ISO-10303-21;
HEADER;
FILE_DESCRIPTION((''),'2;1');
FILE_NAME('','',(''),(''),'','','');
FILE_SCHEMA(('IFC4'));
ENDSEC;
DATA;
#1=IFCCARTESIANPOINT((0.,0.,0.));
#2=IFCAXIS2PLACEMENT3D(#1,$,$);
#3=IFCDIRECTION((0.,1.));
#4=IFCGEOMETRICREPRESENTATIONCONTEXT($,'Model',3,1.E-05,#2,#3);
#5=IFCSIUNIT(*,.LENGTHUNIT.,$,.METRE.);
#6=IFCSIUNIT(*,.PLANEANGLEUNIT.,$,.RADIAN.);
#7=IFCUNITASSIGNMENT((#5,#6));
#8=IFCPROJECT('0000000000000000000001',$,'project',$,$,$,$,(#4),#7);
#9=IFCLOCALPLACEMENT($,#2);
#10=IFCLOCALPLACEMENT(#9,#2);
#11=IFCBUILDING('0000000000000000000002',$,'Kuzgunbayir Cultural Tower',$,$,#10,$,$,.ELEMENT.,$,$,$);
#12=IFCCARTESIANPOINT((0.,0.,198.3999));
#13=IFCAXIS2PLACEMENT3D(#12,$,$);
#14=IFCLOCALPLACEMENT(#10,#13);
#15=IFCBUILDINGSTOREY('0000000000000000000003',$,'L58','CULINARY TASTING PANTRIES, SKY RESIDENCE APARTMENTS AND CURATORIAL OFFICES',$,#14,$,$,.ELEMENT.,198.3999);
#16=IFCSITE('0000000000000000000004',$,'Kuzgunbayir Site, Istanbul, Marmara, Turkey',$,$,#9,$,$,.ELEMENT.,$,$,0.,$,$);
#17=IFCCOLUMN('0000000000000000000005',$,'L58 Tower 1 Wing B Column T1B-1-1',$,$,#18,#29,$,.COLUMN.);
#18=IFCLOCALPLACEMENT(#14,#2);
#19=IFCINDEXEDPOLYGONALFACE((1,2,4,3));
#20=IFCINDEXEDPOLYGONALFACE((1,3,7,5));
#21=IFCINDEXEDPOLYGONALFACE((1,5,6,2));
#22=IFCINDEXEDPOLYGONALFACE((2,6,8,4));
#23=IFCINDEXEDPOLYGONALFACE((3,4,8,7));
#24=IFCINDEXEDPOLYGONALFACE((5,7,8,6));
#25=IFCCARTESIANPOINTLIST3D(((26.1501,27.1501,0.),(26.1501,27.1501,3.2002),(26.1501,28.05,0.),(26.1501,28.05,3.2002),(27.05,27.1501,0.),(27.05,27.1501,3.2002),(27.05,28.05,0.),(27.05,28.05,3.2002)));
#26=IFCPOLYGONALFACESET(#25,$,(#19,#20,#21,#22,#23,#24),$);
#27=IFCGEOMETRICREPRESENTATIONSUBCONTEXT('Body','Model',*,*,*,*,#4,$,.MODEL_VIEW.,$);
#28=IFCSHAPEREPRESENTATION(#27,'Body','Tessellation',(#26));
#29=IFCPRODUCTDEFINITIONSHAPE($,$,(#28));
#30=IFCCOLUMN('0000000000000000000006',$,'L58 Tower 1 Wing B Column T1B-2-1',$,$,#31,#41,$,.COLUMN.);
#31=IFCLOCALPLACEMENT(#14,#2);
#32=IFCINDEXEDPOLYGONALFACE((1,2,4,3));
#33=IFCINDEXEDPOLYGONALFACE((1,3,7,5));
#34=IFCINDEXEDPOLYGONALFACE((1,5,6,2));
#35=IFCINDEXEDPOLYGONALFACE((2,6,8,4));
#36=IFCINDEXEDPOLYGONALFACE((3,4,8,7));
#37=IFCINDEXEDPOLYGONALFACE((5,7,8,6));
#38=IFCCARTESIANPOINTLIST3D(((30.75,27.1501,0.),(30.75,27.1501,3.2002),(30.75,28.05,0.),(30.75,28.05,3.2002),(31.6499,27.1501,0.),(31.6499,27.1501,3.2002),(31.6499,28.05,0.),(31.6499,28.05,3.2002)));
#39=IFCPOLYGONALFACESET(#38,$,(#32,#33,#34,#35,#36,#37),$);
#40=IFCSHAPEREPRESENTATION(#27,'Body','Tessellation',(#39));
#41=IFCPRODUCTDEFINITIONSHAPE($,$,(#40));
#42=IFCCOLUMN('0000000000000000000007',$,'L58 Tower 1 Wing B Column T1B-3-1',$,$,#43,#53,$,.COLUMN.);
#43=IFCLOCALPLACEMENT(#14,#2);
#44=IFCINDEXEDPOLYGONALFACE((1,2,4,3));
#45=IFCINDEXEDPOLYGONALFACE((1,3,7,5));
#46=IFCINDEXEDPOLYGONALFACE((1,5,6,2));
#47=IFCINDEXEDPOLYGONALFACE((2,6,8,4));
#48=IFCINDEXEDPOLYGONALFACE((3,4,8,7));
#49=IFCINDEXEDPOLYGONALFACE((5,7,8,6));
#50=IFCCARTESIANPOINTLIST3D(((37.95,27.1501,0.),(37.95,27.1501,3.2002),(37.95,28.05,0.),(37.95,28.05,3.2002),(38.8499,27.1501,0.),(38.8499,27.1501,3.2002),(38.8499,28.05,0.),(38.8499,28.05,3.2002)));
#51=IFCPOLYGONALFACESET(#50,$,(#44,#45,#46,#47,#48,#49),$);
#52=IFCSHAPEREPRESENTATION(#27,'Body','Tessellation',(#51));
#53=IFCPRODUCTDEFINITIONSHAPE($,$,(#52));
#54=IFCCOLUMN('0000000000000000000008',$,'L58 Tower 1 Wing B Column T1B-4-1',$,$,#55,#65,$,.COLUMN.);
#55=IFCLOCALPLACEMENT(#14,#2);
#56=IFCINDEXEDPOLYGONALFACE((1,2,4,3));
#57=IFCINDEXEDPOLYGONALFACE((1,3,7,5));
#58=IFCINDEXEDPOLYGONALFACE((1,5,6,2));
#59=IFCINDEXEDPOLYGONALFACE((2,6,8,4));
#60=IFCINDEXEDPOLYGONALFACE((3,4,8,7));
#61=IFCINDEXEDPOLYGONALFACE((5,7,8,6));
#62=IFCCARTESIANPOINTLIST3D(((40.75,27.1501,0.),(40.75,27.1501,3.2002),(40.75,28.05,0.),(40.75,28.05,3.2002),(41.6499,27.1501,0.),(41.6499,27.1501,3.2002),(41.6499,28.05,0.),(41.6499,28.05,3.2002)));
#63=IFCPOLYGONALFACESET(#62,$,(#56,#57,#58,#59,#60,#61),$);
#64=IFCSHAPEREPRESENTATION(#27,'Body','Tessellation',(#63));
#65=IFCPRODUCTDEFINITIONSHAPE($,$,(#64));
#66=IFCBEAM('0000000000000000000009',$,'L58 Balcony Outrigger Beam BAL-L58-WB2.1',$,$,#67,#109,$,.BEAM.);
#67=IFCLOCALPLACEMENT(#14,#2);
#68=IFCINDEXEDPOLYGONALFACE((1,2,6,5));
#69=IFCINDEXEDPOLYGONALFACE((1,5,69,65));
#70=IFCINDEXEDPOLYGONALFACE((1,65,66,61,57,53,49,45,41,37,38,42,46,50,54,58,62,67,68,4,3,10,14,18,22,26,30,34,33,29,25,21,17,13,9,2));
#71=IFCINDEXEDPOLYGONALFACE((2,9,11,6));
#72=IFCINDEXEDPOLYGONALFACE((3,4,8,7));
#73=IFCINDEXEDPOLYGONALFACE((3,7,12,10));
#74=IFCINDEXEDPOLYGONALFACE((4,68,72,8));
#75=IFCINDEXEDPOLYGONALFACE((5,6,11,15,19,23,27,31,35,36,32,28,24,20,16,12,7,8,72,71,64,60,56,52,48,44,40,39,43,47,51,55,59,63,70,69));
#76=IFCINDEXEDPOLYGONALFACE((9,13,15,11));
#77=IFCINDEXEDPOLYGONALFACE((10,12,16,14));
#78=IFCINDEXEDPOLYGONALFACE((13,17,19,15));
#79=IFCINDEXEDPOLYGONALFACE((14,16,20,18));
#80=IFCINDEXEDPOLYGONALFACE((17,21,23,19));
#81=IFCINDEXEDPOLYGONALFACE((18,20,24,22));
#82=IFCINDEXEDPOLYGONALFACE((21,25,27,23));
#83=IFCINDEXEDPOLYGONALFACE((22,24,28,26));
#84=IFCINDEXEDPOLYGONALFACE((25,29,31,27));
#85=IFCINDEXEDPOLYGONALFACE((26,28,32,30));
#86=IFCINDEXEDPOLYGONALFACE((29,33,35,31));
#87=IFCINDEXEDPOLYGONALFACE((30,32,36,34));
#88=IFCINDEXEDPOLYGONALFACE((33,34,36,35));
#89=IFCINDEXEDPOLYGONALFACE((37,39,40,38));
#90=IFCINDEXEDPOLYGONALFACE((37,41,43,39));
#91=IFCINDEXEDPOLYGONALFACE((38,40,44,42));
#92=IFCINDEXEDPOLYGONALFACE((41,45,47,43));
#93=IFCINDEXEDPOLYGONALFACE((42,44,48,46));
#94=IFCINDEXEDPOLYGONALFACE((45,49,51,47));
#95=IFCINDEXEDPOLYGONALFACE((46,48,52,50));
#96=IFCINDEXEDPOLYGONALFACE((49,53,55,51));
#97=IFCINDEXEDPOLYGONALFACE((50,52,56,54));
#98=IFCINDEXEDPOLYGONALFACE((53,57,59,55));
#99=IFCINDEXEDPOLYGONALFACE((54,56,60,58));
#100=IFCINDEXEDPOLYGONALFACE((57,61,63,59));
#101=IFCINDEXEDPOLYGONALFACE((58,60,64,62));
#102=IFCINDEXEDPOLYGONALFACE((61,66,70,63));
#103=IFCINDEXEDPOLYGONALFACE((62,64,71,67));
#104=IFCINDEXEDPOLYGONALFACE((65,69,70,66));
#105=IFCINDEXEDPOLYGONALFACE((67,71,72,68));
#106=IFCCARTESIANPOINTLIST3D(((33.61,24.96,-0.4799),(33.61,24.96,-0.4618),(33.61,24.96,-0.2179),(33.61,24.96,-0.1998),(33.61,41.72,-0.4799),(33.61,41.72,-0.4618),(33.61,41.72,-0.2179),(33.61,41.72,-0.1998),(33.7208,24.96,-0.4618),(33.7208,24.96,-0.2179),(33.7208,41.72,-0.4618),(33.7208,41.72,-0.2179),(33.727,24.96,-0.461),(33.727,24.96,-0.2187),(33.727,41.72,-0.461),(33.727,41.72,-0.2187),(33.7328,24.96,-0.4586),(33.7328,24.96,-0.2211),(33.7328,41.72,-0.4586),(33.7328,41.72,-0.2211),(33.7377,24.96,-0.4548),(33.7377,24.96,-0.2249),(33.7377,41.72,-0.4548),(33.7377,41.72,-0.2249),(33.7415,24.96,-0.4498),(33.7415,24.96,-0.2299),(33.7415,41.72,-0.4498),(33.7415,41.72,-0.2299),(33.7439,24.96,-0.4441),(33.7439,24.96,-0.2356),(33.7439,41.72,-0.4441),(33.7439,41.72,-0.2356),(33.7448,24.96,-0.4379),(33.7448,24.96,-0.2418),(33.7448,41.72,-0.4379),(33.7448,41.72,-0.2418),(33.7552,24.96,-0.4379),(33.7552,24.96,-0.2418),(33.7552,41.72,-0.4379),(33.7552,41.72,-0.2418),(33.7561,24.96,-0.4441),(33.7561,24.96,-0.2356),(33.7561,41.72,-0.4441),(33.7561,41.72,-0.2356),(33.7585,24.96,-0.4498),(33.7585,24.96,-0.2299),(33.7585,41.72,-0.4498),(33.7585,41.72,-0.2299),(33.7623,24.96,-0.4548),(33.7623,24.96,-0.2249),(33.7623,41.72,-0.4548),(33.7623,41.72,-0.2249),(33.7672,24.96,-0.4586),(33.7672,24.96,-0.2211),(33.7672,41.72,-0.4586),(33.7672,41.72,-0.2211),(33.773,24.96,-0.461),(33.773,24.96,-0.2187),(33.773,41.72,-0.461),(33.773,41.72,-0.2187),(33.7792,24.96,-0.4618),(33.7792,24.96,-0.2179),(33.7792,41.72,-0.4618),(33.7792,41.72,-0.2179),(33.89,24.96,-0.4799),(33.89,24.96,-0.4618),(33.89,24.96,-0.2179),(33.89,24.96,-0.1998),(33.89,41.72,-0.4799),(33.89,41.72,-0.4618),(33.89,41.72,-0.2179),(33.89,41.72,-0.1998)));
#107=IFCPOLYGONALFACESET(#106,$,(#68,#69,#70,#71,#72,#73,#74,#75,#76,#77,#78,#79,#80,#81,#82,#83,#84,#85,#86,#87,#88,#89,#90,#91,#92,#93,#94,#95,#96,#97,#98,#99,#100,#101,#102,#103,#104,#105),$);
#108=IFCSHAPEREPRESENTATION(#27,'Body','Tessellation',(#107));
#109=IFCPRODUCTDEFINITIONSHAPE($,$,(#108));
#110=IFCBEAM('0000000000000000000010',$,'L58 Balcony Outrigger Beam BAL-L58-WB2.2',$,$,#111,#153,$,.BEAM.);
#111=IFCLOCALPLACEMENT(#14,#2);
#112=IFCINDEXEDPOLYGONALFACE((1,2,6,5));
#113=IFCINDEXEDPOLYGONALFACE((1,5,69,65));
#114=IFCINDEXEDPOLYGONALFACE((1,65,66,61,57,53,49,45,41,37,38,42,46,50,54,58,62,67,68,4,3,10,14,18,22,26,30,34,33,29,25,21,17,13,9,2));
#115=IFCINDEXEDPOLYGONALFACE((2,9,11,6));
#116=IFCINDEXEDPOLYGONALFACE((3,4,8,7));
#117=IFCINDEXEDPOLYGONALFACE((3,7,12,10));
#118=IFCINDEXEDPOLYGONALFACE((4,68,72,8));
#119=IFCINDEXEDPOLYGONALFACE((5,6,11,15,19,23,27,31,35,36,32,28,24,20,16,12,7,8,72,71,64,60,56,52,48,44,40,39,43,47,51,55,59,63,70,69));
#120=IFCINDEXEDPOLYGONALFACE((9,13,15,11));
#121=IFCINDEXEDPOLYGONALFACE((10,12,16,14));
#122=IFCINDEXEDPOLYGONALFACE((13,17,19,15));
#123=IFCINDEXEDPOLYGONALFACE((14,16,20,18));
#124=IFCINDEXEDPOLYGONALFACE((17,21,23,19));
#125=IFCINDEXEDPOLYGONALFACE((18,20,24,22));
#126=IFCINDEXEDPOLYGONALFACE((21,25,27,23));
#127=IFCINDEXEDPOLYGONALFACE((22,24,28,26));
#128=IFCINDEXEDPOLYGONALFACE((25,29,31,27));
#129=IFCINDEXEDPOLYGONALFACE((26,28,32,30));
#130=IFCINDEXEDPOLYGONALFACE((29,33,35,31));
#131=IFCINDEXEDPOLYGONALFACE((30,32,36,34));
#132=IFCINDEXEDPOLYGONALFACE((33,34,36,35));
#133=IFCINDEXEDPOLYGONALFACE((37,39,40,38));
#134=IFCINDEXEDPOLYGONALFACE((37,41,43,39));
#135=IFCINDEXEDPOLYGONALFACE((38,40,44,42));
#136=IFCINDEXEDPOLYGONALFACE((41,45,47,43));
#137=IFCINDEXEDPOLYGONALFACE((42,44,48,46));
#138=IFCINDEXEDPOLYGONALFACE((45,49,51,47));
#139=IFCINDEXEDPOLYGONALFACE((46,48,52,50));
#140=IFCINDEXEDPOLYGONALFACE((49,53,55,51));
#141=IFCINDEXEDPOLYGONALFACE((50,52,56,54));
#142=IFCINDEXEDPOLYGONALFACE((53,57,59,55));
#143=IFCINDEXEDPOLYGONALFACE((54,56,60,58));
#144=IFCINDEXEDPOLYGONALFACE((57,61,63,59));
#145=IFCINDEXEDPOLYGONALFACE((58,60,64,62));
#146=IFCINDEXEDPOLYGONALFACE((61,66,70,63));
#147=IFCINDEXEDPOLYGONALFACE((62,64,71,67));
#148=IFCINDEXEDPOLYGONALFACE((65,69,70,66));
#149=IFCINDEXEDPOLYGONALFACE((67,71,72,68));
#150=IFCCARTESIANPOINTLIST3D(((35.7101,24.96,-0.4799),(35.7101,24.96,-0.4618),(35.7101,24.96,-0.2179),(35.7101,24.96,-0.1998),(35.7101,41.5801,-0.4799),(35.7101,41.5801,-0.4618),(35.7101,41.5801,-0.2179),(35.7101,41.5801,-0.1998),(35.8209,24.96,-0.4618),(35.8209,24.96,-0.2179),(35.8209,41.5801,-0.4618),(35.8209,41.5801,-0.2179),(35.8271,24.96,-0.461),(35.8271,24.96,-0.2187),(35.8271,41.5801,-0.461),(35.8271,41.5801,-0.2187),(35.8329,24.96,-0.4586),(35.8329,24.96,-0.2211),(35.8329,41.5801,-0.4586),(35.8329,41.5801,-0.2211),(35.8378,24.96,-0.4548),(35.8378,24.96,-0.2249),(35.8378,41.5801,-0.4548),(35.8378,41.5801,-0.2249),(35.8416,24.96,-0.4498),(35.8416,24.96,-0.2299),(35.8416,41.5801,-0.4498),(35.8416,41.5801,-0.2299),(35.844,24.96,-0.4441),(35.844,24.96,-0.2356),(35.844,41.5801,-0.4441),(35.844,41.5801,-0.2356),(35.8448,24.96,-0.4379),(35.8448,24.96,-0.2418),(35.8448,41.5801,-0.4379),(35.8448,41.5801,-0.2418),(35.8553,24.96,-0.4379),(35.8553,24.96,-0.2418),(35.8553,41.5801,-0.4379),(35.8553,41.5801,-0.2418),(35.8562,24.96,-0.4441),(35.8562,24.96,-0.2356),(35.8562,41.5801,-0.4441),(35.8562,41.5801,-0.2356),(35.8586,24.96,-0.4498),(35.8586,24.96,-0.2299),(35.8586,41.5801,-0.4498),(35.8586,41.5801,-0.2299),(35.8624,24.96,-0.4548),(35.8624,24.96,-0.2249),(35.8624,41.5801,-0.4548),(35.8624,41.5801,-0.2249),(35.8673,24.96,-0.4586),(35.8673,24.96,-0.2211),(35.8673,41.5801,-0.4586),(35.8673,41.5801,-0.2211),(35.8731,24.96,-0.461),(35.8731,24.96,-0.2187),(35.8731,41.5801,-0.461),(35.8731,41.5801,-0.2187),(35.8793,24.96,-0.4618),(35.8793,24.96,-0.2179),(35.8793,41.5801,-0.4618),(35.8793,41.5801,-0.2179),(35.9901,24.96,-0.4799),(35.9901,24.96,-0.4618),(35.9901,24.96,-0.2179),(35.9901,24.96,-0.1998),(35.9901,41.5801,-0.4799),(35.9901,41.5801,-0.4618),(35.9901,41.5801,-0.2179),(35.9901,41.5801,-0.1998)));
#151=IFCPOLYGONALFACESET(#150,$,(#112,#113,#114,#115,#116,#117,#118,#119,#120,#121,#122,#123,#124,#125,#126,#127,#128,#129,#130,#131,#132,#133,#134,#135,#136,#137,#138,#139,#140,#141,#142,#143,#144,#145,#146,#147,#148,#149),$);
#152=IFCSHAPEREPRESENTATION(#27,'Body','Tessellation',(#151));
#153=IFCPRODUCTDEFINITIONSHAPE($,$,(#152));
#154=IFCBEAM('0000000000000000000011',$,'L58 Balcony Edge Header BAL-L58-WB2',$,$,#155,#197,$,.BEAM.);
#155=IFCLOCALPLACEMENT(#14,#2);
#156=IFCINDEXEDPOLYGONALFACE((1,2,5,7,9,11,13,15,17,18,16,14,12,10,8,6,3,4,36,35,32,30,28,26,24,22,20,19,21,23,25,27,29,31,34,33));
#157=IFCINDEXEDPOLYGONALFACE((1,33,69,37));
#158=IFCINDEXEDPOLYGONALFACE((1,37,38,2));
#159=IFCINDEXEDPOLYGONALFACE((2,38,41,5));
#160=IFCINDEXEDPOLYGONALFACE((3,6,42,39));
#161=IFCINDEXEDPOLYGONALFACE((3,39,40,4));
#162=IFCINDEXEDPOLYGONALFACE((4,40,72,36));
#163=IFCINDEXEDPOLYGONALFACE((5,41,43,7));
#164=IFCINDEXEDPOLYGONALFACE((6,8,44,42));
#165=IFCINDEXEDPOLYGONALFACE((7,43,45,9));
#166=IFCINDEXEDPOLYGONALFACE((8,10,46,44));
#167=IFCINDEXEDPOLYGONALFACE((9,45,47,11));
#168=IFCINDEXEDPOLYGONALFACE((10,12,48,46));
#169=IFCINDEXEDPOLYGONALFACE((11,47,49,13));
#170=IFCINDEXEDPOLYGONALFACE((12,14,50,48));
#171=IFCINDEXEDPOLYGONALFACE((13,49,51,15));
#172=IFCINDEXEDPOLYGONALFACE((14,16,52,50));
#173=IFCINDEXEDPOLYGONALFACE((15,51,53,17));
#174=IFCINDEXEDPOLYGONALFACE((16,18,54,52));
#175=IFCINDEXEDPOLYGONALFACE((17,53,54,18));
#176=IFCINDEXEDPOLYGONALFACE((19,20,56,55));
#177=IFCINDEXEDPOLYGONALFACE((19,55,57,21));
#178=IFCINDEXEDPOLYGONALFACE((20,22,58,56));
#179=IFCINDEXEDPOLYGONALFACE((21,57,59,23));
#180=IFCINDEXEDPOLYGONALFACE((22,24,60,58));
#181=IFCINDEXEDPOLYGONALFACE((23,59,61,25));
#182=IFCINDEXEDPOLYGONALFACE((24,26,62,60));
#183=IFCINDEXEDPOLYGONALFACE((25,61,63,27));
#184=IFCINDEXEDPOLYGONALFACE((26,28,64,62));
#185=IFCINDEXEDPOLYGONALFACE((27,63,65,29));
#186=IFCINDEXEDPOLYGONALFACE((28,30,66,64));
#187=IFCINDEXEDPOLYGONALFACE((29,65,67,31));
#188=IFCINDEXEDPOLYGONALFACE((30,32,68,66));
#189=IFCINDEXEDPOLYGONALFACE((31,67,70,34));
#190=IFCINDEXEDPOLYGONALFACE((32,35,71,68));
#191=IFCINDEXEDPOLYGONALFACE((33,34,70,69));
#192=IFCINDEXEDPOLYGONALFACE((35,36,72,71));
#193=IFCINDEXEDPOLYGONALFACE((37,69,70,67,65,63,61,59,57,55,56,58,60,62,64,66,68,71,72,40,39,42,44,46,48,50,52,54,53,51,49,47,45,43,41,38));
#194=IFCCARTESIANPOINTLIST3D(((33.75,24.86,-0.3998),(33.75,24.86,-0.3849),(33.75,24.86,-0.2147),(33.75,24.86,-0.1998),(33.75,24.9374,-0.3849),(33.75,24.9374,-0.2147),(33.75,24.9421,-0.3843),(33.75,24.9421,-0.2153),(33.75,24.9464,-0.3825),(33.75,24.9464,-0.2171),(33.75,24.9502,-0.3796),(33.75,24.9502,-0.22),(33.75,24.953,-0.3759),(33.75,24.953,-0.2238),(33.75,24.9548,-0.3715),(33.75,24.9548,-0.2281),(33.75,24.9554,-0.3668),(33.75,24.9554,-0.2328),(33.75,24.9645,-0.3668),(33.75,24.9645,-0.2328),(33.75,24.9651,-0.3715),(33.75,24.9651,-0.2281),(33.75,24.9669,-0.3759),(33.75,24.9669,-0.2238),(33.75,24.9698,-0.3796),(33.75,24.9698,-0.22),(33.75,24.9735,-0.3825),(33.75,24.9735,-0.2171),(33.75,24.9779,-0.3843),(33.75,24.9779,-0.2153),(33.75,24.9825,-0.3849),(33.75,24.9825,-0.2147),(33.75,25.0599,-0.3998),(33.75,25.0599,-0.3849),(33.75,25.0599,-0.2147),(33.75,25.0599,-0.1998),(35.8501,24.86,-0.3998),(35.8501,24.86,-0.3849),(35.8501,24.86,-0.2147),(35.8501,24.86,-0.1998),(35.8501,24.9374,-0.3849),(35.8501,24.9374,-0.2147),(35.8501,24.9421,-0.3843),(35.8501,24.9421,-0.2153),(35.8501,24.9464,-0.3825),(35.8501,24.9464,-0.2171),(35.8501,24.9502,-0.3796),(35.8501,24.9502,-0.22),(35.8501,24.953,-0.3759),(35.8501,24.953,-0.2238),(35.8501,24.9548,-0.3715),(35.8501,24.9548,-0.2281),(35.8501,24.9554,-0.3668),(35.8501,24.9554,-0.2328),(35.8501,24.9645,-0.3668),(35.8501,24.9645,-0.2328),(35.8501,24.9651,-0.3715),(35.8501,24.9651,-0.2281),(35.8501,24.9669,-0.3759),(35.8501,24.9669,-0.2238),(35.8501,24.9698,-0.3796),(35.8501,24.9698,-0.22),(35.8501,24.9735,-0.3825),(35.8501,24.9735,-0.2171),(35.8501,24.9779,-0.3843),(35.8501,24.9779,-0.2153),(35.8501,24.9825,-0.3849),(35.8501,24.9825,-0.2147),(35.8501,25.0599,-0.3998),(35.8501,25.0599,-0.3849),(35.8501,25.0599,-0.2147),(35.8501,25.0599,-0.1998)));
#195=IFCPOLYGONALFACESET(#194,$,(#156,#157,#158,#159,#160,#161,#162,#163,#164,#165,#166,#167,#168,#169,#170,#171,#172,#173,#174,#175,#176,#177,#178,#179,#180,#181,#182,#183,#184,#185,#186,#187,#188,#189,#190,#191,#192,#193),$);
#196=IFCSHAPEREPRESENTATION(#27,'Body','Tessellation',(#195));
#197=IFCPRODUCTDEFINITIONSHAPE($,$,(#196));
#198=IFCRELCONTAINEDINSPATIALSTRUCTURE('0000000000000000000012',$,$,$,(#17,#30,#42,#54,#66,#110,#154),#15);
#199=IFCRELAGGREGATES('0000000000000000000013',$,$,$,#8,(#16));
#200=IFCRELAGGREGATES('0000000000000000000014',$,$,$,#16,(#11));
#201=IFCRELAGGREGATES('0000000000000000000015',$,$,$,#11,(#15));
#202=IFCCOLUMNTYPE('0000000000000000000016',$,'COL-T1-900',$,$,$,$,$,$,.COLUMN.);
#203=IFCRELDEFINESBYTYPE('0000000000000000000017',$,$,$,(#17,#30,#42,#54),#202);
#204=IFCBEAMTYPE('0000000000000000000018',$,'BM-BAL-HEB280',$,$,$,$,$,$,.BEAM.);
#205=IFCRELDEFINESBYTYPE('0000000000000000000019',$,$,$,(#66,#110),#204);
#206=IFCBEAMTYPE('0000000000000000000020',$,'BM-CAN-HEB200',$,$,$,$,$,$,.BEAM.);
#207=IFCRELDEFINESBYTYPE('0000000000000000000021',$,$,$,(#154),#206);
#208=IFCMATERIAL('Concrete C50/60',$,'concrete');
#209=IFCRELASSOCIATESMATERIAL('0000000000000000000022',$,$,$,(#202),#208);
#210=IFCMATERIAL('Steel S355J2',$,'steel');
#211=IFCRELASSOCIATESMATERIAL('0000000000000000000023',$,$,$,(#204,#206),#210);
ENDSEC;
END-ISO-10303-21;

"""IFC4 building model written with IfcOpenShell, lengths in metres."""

from ifc_helpers import new_model, si_unit, direction, frame, origin, origin_2d, place, context, subcontext, project, spatial, rectangle, i_section, extrude, material, material_profile, profile_set, type_object, element, save


model = new_model("IFC4")

# Units and contexts
model_context = context("Model", 3, precision=1e-05, world=origin(), true_north=direction((0.0, 1.0)))
body_context = subcontext(model_context, "Body", "Model", "MODEL_VIEW")
ifc_project = project(units=[si_unit("LENGTHUNIT", "METRE"), si_unit("PLANEANGLEUNIT", "RADIAN")], contexts=[model_context])

# Site, building, storey
site_placement = place(None, origin())
site = spatial("IfcSite", under=ifc_project, at=site_placement, Name="Kuzgunbayir Site, Istanbul, Marmara, Turkey", CompositionType="ELEMENT", RefElevation=0.0)
building_placement = place(site_placement, origin())
building = spatial("IfcBuilding", under=site, at=building_placement, Name="Kuzgunbayir Cultural Tower", CompositionType="ELEMENT")
storey_placement = place(building_placement, frame((0.0, 0.0, 198.3999)))
storey = spatial("IfcBuildingStorey", under=building, at=storey_placement, Name="L58", Description="CULINARY TASTING PANTRIES, SKY RESIDENCE APARTMENTS AND CURATORIAL OFFICES", CompositionType="ELEMENT", Elevation=198.3999)

# Columns
ifc_material_1 = material(Name="Concrete C50/60", Category="concrete")
ifc_material_profile_1 = material_profile(ifc_material_1, rectangle(XDim=0.8999, YDim=0.8999, at=origin_2d()), Name="RC 900x900")
ifc_profile_set_1 = profile_set([ifc_material_profile_1], Name="Concrete C50/60")
column_type = type_object("IfcColumnType", Name="COL-T1-900", PredefinedType="COLUMN", material=ifc_profile_set_1)
for number, where, z_axis, x_axis, name in (
    (1, (26.6001, 27.6001, 0.0), (0.0, 0.0, 1.0), (1.0, 0.0, 0.0), "L58 Tower 1 Wing B Column T1B-1-1"),
    (2, (31.2, 27.6001, 0.0), (0.0, 0.0, 1.0), (1.0, 0.0, 0.0), "L58 Tower 1 Wing B Column T1B-2-1"),
    (3, (38.3999, 27.6001, 0.0), (0.0, 0.0, 1.0), (1.0, 0.0, 0.0), "L58 Tower 1 Wing B Column T1B-3-1"),
    (4, (41.2, 27.6001, 0.0), (0.0, 0.0, 1.0), (1.0, 0.0, 0.0), "L58 Tower 1 Wing B Column T1B-4-1"),
):
    element("IfcColumn", number, at=place(storey_placement, frame(where, z_axis=z_axis, x_axis=x_axis)), inside=storey, type_object=column_type, Name=name, PredefinedType="COLUMN", context=body_context, shape_type="SweptSolid", body=[
        extrude(rectangle(XDim=0.8999, YDim=0.8999, at=origin_2d()), origin(), (0.0, 0.0, 1.0), 3.2002),
    ])

# Beams
ifc_material_2 = material(Name="Steel S355J2", Category="steel")
ifc_material_profile_2 = material_profile(ifc_material_2, i_section(OverallWidth=0.28, OverallDepth=0.28, WebThickness=0.0105, FlangeThickness=0.0181, FilletRadius=0.0239, at=origin_2d()), Name="HEB 280")
ifc_profile_set_2 = profile_set([ifc_material_profile_2], Name="Steel S355J2")
beam_type_1 = type_object("IfcBeamType", Name="BM-BAL-HEB280", PredefinedType="BEAM", material=ifc_profile_set_2)
beam_1_placement = place(storey_placement, frame((33.75, 24.96, -0.3398), z_axis=(0.0, 1.0, 0.0), x_axis=(-1.0, 0.0, 0.0)))
element("IfcBeam", 5, at=beam_1_placement, inside=storey, type_object=beam_type_1, Name="L58 Balcony Outrigger Beam BAL-L58-WB2.1", PredefinedType="BEAM", context=body_context, shape_type="SweptSolid", body=[
    extrude(i_section(OverallWidth=0.28, OverallDepth=0.28, WebThickness=0.0105, FlangeThickness=0.0181, FilletRadius=0.0239, at=origin_2d()), origin(), (0.0, 0.0, 1.0), 16.76),
])
beam_2_placement = place(storey_placement, frame((35.8501, 24.96, -0.3398), z_axis=(0.0, 1.0, 0.0), x_axis=(-1.0, 0.0, 0.0)))
element("IfcBeam", 6, at=beam_2_placement, inside=storey, type_object=beam_type_1, Name="L58 Balcony Outrigger Beam BAL-L58-WB2.2", PredefinedType="BEAM", context=body_context, shape_type="SweptSolid", body=[
    extrude(i_section(OverallWidth=0.28, OverallDepth=0.28, WebThickness=0.0105, FlangeThickness=0.0181, FilletRadius=0.0239, at=origin_2d()), origin(), (0.0, 0.0, 1.0), 16.6201),
])
ifc_material_profile_3 = material_profile(ifc_material_2, i_section(OverallWidth=0.2, OverallDepth=0.2, WebThickness=0.009, FlangeThickness=0.0149, FilletRadius=0.0181, at=origin_2d()), Name="HEB 200")
ifc_profile_set_3 = profile_set([ifc_material_profile_3], Name="Steel S355J2")
beam_type_2 = type_object("IfcBeamType", Name="BM-CAN-HEB200", PredefinedType="BEAM", material=ifc_profile_set_3)
beam_3_placement = place(storey_placement, frame((33.75, 24.96, -0.2998), z_axis=(1.0, 0.0, 0.0), x_axis=(0.0, 1.0, 0.0)))
element("IfcBeam", 7, at=beam_3_placement, inside=storey, type_object=beam_type_2, Name="L58 Balcony Edge Header BAL-L58-WB2", PredefinedType="BEAM", context=body_context, shape_type="SweptSolid", body=[
    extrude(i_section(OverallWidth=0.2, OverallDepth=0.2, WebThickness=0.009, FlangeThickness=0.0149, FilletRadius=0.0181, at=origin_2d()), origin(), (0.0, 0.0, 1.0), 2.1001),
])

save(model, "model.ifc")
